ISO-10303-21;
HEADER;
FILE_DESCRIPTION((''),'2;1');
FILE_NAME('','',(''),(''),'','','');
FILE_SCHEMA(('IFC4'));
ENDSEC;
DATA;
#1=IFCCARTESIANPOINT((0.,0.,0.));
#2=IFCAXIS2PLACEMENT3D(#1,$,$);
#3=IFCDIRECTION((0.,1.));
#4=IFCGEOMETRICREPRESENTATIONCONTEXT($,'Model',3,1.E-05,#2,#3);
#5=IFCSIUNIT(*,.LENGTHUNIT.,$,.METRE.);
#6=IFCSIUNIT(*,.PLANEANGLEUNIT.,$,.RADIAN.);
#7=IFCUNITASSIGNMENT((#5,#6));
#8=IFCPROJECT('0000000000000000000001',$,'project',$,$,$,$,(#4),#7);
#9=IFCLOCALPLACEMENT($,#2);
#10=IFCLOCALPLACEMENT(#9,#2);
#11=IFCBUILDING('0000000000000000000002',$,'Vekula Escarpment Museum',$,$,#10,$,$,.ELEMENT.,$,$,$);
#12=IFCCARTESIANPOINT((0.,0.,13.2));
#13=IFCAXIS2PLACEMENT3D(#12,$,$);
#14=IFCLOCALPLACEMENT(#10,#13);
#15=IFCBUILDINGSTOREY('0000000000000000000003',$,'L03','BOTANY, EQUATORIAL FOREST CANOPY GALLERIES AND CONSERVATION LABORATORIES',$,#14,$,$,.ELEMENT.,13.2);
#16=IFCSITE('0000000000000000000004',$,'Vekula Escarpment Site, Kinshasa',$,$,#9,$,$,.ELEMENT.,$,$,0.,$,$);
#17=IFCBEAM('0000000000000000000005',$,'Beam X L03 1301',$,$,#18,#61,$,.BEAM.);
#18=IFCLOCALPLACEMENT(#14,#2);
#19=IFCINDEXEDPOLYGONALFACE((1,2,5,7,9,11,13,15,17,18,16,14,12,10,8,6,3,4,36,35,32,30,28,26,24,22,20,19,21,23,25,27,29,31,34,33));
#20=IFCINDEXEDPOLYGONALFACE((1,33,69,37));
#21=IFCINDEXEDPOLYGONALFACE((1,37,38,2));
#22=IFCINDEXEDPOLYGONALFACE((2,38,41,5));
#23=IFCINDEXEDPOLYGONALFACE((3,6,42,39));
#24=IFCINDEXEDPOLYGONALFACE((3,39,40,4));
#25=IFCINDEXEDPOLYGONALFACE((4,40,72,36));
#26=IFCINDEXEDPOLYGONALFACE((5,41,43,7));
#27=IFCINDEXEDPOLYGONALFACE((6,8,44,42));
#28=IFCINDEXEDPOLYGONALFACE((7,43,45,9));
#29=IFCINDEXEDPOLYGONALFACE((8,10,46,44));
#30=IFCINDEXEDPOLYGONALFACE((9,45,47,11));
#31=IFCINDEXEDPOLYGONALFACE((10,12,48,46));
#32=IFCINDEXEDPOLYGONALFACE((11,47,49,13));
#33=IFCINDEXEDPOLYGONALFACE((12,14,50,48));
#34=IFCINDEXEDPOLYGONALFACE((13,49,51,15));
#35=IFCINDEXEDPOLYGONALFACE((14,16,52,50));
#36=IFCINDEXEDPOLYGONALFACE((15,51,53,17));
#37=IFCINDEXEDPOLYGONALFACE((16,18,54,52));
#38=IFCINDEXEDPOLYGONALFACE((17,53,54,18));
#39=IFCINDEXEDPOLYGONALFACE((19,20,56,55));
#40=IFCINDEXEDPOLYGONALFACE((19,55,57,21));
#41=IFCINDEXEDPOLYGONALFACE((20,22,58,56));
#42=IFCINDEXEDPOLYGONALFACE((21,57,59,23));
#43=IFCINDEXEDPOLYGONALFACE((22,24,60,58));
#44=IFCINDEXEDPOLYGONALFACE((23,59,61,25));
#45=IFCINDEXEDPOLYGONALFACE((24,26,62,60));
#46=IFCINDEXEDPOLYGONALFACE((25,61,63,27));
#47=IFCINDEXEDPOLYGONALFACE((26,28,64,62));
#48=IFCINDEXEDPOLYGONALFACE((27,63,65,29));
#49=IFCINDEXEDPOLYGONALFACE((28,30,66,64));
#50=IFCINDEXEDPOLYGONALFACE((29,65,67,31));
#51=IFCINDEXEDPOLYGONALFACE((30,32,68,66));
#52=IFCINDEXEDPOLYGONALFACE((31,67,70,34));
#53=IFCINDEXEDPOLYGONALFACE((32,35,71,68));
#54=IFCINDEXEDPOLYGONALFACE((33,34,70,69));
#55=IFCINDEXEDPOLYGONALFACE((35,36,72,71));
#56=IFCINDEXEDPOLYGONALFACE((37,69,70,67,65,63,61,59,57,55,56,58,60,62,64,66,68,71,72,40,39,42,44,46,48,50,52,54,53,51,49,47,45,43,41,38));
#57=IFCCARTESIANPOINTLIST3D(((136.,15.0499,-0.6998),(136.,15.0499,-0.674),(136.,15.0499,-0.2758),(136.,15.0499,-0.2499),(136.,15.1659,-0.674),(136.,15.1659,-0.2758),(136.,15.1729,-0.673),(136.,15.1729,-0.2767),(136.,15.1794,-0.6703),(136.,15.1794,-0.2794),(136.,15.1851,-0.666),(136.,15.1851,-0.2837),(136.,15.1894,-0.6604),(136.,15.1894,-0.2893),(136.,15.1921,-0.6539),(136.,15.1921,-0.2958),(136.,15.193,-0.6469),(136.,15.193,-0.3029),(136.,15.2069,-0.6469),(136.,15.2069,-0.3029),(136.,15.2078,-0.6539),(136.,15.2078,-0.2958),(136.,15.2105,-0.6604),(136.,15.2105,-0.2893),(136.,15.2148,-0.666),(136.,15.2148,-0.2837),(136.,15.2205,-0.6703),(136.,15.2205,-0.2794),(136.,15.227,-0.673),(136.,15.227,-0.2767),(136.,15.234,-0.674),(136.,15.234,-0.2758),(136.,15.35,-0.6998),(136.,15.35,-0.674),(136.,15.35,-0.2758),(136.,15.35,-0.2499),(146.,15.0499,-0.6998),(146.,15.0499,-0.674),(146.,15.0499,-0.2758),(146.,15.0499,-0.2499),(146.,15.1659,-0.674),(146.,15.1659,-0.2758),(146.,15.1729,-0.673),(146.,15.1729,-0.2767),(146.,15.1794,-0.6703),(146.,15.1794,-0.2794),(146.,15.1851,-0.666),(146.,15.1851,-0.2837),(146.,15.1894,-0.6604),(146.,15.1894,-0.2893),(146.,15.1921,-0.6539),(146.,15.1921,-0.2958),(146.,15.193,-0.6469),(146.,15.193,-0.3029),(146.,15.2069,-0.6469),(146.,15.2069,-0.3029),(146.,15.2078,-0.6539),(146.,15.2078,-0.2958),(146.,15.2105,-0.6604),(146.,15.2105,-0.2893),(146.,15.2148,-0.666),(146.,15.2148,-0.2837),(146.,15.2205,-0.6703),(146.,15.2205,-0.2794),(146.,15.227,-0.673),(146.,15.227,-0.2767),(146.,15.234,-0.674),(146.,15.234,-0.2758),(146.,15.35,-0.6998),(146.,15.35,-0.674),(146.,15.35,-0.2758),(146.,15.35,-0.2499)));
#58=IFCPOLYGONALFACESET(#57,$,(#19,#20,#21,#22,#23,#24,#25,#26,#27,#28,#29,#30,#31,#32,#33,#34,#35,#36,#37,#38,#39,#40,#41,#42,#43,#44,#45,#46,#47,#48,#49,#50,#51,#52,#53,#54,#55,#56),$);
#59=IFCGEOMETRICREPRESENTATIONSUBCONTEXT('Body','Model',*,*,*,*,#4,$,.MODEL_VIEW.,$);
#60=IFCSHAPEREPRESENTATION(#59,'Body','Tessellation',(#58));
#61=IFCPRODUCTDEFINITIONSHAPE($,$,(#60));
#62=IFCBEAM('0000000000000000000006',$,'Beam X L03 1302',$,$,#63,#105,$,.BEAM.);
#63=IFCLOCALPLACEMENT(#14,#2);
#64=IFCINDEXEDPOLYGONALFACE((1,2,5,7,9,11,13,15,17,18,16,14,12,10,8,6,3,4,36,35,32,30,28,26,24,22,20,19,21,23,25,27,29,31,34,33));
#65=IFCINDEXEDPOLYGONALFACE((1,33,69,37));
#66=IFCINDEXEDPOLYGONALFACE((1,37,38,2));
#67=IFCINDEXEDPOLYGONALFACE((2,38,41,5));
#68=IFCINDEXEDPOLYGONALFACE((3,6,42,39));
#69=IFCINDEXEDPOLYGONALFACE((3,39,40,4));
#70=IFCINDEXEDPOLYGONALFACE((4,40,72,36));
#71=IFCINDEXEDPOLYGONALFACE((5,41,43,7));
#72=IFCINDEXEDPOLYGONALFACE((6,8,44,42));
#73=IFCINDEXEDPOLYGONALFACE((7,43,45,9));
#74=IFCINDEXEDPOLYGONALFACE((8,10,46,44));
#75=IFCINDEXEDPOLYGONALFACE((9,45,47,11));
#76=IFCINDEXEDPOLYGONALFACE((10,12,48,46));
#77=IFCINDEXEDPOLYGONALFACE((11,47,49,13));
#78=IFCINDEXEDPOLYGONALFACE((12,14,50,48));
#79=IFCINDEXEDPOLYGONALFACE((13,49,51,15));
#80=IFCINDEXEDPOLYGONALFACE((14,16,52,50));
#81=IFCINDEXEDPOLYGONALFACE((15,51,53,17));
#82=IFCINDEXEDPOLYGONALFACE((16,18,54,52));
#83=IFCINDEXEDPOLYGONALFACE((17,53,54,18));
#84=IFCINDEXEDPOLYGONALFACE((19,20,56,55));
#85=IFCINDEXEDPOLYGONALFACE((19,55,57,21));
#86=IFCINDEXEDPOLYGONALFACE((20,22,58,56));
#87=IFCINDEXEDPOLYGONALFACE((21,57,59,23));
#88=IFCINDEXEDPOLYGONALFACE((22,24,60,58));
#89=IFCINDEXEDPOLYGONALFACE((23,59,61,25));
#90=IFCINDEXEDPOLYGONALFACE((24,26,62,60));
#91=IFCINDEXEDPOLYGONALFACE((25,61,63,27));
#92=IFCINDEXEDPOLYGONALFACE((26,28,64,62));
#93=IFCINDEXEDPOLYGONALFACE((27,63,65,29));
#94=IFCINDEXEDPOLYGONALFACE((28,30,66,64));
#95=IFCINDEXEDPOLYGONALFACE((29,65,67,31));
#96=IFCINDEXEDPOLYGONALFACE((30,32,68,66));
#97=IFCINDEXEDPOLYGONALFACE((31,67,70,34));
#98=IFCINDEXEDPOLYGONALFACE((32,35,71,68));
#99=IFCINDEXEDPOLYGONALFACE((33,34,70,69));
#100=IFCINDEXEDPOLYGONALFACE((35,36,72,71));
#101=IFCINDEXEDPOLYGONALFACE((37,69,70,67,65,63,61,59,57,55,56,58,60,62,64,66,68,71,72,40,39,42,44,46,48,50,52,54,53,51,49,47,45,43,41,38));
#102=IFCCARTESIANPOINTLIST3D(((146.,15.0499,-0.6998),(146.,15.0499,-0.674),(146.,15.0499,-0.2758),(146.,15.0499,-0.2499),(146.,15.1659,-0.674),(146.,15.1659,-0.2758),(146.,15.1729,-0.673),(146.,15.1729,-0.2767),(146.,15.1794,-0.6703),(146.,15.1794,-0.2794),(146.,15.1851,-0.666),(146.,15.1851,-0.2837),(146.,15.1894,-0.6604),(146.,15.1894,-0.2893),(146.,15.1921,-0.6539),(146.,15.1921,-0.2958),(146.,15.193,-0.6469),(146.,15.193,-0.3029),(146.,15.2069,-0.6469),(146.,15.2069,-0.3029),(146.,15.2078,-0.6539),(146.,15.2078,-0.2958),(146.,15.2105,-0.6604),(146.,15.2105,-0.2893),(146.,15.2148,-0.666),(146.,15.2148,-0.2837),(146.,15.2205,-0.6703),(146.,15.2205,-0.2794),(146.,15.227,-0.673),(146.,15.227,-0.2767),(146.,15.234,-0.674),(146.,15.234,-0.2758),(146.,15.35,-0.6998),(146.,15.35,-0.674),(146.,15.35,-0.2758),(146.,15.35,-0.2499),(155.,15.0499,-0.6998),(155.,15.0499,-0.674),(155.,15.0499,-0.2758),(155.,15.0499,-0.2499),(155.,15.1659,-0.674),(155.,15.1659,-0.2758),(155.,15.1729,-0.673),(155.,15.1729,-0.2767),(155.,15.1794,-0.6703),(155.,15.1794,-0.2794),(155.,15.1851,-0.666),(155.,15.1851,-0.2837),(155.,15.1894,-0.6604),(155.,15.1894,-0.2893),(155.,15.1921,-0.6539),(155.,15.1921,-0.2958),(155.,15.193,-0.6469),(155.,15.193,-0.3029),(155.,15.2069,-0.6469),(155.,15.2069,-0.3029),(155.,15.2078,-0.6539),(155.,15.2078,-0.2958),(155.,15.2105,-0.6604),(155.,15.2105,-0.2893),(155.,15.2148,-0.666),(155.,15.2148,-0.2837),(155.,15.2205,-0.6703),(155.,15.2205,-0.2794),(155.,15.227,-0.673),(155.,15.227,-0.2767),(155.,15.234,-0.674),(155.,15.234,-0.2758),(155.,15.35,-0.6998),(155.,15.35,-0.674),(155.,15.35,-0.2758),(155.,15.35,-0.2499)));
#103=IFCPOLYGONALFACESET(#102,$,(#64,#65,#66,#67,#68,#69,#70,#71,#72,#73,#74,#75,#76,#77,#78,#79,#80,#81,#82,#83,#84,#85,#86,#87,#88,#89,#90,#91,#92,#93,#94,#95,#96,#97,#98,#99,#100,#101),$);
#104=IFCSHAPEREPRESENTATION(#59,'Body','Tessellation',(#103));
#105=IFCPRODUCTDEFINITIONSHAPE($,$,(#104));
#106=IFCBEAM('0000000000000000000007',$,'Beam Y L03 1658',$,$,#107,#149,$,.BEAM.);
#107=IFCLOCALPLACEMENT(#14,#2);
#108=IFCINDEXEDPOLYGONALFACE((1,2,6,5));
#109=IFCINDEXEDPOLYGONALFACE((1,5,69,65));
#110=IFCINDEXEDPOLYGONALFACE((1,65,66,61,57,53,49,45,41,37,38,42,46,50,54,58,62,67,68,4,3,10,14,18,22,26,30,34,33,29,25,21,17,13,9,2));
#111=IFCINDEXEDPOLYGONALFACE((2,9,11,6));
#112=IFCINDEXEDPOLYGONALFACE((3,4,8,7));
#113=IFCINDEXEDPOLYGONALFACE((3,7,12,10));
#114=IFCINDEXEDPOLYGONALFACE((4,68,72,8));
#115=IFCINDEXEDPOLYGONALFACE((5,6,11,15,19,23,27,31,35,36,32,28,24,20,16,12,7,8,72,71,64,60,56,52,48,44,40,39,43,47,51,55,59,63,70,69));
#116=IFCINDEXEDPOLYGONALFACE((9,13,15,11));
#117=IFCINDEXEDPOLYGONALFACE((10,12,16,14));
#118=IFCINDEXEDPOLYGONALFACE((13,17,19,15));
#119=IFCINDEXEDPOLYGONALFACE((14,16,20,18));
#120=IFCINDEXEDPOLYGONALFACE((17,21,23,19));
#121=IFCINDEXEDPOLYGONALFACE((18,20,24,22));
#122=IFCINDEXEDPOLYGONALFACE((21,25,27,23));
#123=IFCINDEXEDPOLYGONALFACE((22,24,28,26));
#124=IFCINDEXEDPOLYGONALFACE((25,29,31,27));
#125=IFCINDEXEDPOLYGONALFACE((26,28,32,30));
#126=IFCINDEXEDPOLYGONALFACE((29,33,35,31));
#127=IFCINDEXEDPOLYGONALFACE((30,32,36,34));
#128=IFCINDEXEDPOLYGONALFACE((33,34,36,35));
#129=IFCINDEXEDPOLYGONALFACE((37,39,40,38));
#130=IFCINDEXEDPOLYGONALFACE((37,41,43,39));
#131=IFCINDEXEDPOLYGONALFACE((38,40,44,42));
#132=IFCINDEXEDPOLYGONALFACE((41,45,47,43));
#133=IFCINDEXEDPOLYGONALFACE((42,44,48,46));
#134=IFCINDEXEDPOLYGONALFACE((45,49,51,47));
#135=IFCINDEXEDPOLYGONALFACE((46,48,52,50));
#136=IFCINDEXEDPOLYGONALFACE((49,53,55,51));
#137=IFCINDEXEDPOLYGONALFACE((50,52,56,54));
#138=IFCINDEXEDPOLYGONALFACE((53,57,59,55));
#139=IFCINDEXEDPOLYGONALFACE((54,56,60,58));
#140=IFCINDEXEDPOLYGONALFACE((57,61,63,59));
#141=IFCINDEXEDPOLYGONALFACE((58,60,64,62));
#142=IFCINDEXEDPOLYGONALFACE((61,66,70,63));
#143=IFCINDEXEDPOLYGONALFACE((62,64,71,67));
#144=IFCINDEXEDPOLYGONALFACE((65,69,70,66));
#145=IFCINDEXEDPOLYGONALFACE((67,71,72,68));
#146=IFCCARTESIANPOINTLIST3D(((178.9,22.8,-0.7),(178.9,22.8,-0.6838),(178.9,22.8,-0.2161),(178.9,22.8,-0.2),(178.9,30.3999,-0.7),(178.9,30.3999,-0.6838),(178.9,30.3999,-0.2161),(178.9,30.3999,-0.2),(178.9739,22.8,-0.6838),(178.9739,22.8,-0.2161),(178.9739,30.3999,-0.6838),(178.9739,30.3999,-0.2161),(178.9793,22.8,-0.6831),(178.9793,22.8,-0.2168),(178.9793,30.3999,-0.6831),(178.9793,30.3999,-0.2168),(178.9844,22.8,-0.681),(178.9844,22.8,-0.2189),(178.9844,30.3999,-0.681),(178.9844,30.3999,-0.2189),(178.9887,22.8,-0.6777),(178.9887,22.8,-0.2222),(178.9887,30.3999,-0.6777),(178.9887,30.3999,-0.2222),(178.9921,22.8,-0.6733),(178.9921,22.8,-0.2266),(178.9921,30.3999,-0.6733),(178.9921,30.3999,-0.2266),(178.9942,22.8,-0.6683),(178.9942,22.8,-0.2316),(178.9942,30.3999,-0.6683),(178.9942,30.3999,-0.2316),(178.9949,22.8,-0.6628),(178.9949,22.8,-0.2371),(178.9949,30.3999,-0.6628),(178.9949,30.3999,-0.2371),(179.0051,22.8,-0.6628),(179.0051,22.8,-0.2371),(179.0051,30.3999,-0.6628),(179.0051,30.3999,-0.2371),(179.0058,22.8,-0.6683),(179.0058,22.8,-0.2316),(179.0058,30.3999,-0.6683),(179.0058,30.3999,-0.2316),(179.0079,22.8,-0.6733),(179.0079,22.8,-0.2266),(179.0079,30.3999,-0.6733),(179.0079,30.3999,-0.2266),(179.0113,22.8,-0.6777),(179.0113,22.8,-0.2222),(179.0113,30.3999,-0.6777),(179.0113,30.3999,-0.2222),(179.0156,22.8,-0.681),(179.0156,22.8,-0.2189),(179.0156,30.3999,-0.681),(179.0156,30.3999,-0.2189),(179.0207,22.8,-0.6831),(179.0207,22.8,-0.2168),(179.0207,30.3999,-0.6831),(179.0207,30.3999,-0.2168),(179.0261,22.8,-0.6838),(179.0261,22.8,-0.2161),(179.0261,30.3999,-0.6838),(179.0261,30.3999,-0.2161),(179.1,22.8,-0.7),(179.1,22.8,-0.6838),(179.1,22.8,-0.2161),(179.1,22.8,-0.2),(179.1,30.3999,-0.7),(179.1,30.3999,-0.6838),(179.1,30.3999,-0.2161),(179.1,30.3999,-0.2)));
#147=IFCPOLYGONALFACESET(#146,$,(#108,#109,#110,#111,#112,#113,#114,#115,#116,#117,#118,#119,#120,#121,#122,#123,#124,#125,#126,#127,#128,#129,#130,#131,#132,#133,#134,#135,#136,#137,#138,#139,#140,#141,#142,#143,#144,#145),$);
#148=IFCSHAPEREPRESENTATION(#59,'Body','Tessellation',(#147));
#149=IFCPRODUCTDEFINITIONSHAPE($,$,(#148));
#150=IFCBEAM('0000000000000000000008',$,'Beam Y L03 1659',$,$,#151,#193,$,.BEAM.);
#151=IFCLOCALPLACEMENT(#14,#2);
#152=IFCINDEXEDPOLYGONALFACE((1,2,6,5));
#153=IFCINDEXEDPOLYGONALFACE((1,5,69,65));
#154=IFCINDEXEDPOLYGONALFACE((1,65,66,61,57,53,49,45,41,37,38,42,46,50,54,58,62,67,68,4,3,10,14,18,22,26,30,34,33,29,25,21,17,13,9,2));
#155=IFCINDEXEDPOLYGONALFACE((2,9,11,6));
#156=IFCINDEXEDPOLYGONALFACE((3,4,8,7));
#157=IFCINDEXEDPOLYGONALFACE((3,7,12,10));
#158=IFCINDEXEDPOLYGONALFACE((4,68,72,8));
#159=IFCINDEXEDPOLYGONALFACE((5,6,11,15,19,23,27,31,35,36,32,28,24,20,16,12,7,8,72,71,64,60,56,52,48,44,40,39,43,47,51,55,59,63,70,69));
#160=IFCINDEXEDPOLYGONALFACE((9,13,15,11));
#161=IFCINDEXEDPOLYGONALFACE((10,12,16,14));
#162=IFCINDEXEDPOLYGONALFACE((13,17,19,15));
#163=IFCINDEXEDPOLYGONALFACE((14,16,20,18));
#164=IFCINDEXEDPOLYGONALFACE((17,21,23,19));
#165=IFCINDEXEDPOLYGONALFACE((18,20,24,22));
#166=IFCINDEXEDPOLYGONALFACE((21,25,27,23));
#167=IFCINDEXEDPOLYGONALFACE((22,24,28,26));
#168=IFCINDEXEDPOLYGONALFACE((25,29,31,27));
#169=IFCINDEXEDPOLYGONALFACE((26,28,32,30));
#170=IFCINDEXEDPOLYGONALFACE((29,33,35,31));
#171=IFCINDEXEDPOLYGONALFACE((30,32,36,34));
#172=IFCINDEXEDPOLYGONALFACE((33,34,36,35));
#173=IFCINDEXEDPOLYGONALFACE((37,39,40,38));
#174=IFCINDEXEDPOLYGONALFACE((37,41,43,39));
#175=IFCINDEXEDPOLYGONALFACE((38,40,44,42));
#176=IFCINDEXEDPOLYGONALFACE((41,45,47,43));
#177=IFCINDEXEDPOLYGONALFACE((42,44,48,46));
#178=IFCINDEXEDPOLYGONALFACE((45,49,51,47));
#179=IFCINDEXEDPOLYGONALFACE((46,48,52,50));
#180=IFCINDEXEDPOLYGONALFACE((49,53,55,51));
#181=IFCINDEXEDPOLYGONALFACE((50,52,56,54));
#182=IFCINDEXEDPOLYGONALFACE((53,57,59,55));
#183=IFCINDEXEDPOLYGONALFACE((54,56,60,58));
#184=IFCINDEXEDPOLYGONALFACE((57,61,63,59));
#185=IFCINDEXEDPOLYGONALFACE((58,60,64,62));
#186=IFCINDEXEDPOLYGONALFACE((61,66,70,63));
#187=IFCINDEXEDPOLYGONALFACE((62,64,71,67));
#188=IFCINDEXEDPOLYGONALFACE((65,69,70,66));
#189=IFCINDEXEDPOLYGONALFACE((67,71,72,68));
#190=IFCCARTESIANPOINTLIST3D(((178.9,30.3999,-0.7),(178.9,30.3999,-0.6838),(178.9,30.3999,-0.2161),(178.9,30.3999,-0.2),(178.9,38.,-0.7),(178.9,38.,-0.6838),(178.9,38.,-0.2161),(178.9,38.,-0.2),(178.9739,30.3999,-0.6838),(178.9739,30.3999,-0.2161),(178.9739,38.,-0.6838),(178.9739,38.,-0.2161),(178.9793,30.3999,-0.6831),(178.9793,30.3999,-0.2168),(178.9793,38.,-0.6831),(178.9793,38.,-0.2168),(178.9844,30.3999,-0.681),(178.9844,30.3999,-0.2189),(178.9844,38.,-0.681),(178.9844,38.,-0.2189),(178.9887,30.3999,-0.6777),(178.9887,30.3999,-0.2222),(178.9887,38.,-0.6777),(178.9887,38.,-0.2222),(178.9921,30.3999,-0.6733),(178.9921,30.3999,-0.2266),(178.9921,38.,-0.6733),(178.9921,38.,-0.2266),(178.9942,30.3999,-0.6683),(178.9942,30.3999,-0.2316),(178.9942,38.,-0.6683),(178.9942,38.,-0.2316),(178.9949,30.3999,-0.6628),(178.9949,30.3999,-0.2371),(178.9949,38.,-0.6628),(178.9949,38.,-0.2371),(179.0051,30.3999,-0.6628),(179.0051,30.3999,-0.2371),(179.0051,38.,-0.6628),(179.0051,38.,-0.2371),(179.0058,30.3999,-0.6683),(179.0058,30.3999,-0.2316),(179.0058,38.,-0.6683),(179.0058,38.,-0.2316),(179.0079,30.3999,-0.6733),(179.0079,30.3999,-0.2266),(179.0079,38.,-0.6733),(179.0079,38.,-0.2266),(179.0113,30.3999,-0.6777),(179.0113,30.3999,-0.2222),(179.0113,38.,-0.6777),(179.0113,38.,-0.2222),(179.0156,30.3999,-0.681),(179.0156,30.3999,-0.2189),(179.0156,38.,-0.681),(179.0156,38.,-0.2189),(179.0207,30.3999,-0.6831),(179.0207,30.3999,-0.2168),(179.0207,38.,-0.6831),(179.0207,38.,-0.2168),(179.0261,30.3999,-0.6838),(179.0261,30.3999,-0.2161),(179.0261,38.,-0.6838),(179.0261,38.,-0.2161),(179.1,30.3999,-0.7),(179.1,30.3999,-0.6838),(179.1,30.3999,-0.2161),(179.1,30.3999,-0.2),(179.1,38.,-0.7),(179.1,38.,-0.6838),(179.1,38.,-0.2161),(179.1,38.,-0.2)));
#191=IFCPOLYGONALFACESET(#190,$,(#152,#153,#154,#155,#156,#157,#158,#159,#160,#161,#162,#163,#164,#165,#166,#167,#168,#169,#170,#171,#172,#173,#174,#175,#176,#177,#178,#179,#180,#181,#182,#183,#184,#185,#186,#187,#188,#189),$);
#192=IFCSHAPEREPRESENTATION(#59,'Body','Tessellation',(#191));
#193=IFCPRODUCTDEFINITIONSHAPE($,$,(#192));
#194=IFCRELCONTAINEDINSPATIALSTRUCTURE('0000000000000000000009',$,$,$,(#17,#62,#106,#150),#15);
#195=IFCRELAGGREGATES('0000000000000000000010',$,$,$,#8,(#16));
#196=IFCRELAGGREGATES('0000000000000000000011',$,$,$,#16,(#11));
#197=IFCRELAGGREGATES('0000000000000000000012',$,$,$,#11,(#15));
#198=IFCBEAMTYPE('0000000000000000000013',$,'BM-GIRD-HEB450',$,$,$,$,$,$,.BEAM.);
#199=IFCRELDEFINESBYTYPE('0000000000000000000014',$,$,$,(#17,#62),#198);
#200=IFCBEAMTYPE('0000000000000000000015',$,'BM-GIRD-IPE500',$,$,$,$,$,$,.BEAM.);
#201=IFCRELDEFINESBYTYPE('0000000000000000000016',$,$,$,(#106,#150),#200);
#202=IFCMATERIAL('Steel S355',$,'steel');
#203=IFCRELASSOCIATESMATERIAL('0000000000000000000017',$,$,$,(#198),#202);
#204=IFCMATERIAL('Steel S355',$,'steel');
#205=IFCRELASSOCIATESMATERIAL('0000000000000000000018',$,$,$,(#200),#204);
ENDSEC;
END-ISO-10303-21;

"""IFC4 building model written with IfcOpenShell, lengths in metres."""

from ifc_helpers import new_model, si_unit, direction, frame, origin, origin_2d, place, context, subcontext, project, spatial, i_section, extrude, material, material_profile, profile_set, type_object, element, save


model = new_model("IFC4")

# Units and contexts
model_context = context("Model", 3, precision=1e-05, world=origin(), true_north=direction((0.0, 1.0)))
body_context = subcontext(model_context, "Body", "Model", "MODEL_VIEW")
ifc_project = project(units=[si_unit("LENGTHUNIT", "METRE"), si_unit("PLANEANGLEUNIT", "RADIAN")], contexts=[model_context])

# Site, building, storey
site_placement = place(None, origin())
site = spatial("IfcSite", under=ifc_project, at=site_placement, Name="Vekula Escarpment Site, Kinshasa", CompositionType="ELEMENT", RefElevation=0.0)
building_placement = place(site_placement, origin())
building = spatial("IfcBuilding", under=site, at=building_placement, Name="Vekula Escarpment Museum", CompositionType="ELEMENT")
storey_placement = place(building_placement, frame((0.0, 0.0, 13.2)))
storey = spatial("IfcBuildingStorey", under=building, at=storey_placement, Name="L03", Description="BOTANY, EQUATORIAL FOREST CANOPY GALLERIES AND CONSERVATION LABORATORIES", CompositionType="ELEMENT", Elevation=13.2)

# Beams
ifc_material_1 = material(Name="Steel S355", Category="steel")
ifc_material_profile_1 = material_profile(ifc_material_1, i_section(OverallWidth=0.3, OverallDepth=0.45, WebThickness=0.0139, FlangeThickness=0.0259, FilletRadius=0.0271, at=origin_2d()), Name="HEB 450")
ifc_profile_set_1 = profile_set([ifc_material_profile_1], Name="Steel S355")
beam_type_1 = type_object("IfcBeamType", Name="BM-GIRD-HEB450", PredefinedType="BEAM", material=ifc_profile_set_1)
beam_1_placement = place(storey_placement, frame((136.0, 15.2, -0.4749), z_axis=(1.0, 0.0, 0.0), x_axis=(0.0, 1.0, 0.0)))
element("IfcBeam", 1, at=beam_1_placement, inside=storey, type_object=beam_type_1, Name="Beam X L03 1301", PredefinedType="BEAM", context=body_context, shape_type="SweptSolid", body=[
    extrude(i_section(OverallWidth=0.3, OverallDepth=0.45, WebThickness=0.0139, FlangeThickness=0.0259, FilletRadius=0.0271, at=origin_2d()), origin(), (0.0, 0.0, 1.0), 10.0),
])
beam_2_placement = place(storey_placement, frame((146.0, 15.2, -0.4749), z_axis=(1.0, 0.0, 0.0), x_axis=(0.0, 1.0, 0.0)))
element("IfcBeam", 2, at=beam_2_placement, inside=storey, type_object=beam_type_1, Name="Beam X L03 1302", PredefinedType="BEAM", context=body_context, shape_type="SweptSolid", body=[
    extrude(i_section(OverallWidth=0.3, OverallDepth=0.45, WebThickness=0.0139, FlangeThickness=0.0259, FilletRadius=0.0271, at=origin_2d()), origin(), (0.0, 0.0, 1.0), 9.0),
])
ifc_material_2 = material(Name="Steel S355", Category="steel")
ifc_material_profile_2 = material_profile(ifc_material_2, i_section(OverallWidth=0.2, OverallDepth=0.5, WebThickness=0.0103, FlangeThickness=0.0161, FilletRadius=0.021, at=origin_2d()), Name="IPE 500")
ifc_profile_set_2 = profile_set([ifc_material_profile_2], Name="Steel S355")
beam_type_2 = type_object("IfcBeamType", Name="BM-GIRD-IPE500", PredefinedType="BEAM", material=ifc_profile_set_2)
beam_3_placement = place(storey_placement, frame((179.0, 22.8, -0.45), z_axis=(0.0, 1.0, 0.0), x_axis=(-1.0, 0.0, 0.0)))
element("IfcBeam", 3, at=beam_3_placement, inside=storey, type_object=beam_type_2, Name="Beam Y L03 1658", PredefinedType="BEAM", context=body_context, shape_type="SweptSolid", body=[
    extrude(i_section(OverallWidth=0.2, OverallDepth=0.5, WebThickness=0.0103, FlangeThickness=0.0161, FilletRadius=0.021, at=origin_2d()), origin(), (0.0, 0.0, 1.0), 7.5999),
])
for number, where, z_axis, x_axis, name in (
    (4, (179.0, 30.3999, -0.45), (0.0, 1.0, 0.0), (-1.0, 0.0, 0.0), "Beam Y L03 1659"),
):
    element("IfcBeam", number, at=place(storey_placement, frame(where, z_axis=z_axis, x_axis=x_axis)), inside=storey, type_object=beam_type_2, Name=name, PredefinedType="BEAM", context=body_context, shape_type="SweptSolid", body=[
        extrude(i_section(OverallWidth=0.2, OverallDepth=0.5, WebThickness=0.0103, FlangeThickness=0.0161, FilletRadius=0.021, at=origin_2d()), origin(), (0.0, 0.0, 1.0), 7.6001),
    ])

save(model, "model.ifc")
